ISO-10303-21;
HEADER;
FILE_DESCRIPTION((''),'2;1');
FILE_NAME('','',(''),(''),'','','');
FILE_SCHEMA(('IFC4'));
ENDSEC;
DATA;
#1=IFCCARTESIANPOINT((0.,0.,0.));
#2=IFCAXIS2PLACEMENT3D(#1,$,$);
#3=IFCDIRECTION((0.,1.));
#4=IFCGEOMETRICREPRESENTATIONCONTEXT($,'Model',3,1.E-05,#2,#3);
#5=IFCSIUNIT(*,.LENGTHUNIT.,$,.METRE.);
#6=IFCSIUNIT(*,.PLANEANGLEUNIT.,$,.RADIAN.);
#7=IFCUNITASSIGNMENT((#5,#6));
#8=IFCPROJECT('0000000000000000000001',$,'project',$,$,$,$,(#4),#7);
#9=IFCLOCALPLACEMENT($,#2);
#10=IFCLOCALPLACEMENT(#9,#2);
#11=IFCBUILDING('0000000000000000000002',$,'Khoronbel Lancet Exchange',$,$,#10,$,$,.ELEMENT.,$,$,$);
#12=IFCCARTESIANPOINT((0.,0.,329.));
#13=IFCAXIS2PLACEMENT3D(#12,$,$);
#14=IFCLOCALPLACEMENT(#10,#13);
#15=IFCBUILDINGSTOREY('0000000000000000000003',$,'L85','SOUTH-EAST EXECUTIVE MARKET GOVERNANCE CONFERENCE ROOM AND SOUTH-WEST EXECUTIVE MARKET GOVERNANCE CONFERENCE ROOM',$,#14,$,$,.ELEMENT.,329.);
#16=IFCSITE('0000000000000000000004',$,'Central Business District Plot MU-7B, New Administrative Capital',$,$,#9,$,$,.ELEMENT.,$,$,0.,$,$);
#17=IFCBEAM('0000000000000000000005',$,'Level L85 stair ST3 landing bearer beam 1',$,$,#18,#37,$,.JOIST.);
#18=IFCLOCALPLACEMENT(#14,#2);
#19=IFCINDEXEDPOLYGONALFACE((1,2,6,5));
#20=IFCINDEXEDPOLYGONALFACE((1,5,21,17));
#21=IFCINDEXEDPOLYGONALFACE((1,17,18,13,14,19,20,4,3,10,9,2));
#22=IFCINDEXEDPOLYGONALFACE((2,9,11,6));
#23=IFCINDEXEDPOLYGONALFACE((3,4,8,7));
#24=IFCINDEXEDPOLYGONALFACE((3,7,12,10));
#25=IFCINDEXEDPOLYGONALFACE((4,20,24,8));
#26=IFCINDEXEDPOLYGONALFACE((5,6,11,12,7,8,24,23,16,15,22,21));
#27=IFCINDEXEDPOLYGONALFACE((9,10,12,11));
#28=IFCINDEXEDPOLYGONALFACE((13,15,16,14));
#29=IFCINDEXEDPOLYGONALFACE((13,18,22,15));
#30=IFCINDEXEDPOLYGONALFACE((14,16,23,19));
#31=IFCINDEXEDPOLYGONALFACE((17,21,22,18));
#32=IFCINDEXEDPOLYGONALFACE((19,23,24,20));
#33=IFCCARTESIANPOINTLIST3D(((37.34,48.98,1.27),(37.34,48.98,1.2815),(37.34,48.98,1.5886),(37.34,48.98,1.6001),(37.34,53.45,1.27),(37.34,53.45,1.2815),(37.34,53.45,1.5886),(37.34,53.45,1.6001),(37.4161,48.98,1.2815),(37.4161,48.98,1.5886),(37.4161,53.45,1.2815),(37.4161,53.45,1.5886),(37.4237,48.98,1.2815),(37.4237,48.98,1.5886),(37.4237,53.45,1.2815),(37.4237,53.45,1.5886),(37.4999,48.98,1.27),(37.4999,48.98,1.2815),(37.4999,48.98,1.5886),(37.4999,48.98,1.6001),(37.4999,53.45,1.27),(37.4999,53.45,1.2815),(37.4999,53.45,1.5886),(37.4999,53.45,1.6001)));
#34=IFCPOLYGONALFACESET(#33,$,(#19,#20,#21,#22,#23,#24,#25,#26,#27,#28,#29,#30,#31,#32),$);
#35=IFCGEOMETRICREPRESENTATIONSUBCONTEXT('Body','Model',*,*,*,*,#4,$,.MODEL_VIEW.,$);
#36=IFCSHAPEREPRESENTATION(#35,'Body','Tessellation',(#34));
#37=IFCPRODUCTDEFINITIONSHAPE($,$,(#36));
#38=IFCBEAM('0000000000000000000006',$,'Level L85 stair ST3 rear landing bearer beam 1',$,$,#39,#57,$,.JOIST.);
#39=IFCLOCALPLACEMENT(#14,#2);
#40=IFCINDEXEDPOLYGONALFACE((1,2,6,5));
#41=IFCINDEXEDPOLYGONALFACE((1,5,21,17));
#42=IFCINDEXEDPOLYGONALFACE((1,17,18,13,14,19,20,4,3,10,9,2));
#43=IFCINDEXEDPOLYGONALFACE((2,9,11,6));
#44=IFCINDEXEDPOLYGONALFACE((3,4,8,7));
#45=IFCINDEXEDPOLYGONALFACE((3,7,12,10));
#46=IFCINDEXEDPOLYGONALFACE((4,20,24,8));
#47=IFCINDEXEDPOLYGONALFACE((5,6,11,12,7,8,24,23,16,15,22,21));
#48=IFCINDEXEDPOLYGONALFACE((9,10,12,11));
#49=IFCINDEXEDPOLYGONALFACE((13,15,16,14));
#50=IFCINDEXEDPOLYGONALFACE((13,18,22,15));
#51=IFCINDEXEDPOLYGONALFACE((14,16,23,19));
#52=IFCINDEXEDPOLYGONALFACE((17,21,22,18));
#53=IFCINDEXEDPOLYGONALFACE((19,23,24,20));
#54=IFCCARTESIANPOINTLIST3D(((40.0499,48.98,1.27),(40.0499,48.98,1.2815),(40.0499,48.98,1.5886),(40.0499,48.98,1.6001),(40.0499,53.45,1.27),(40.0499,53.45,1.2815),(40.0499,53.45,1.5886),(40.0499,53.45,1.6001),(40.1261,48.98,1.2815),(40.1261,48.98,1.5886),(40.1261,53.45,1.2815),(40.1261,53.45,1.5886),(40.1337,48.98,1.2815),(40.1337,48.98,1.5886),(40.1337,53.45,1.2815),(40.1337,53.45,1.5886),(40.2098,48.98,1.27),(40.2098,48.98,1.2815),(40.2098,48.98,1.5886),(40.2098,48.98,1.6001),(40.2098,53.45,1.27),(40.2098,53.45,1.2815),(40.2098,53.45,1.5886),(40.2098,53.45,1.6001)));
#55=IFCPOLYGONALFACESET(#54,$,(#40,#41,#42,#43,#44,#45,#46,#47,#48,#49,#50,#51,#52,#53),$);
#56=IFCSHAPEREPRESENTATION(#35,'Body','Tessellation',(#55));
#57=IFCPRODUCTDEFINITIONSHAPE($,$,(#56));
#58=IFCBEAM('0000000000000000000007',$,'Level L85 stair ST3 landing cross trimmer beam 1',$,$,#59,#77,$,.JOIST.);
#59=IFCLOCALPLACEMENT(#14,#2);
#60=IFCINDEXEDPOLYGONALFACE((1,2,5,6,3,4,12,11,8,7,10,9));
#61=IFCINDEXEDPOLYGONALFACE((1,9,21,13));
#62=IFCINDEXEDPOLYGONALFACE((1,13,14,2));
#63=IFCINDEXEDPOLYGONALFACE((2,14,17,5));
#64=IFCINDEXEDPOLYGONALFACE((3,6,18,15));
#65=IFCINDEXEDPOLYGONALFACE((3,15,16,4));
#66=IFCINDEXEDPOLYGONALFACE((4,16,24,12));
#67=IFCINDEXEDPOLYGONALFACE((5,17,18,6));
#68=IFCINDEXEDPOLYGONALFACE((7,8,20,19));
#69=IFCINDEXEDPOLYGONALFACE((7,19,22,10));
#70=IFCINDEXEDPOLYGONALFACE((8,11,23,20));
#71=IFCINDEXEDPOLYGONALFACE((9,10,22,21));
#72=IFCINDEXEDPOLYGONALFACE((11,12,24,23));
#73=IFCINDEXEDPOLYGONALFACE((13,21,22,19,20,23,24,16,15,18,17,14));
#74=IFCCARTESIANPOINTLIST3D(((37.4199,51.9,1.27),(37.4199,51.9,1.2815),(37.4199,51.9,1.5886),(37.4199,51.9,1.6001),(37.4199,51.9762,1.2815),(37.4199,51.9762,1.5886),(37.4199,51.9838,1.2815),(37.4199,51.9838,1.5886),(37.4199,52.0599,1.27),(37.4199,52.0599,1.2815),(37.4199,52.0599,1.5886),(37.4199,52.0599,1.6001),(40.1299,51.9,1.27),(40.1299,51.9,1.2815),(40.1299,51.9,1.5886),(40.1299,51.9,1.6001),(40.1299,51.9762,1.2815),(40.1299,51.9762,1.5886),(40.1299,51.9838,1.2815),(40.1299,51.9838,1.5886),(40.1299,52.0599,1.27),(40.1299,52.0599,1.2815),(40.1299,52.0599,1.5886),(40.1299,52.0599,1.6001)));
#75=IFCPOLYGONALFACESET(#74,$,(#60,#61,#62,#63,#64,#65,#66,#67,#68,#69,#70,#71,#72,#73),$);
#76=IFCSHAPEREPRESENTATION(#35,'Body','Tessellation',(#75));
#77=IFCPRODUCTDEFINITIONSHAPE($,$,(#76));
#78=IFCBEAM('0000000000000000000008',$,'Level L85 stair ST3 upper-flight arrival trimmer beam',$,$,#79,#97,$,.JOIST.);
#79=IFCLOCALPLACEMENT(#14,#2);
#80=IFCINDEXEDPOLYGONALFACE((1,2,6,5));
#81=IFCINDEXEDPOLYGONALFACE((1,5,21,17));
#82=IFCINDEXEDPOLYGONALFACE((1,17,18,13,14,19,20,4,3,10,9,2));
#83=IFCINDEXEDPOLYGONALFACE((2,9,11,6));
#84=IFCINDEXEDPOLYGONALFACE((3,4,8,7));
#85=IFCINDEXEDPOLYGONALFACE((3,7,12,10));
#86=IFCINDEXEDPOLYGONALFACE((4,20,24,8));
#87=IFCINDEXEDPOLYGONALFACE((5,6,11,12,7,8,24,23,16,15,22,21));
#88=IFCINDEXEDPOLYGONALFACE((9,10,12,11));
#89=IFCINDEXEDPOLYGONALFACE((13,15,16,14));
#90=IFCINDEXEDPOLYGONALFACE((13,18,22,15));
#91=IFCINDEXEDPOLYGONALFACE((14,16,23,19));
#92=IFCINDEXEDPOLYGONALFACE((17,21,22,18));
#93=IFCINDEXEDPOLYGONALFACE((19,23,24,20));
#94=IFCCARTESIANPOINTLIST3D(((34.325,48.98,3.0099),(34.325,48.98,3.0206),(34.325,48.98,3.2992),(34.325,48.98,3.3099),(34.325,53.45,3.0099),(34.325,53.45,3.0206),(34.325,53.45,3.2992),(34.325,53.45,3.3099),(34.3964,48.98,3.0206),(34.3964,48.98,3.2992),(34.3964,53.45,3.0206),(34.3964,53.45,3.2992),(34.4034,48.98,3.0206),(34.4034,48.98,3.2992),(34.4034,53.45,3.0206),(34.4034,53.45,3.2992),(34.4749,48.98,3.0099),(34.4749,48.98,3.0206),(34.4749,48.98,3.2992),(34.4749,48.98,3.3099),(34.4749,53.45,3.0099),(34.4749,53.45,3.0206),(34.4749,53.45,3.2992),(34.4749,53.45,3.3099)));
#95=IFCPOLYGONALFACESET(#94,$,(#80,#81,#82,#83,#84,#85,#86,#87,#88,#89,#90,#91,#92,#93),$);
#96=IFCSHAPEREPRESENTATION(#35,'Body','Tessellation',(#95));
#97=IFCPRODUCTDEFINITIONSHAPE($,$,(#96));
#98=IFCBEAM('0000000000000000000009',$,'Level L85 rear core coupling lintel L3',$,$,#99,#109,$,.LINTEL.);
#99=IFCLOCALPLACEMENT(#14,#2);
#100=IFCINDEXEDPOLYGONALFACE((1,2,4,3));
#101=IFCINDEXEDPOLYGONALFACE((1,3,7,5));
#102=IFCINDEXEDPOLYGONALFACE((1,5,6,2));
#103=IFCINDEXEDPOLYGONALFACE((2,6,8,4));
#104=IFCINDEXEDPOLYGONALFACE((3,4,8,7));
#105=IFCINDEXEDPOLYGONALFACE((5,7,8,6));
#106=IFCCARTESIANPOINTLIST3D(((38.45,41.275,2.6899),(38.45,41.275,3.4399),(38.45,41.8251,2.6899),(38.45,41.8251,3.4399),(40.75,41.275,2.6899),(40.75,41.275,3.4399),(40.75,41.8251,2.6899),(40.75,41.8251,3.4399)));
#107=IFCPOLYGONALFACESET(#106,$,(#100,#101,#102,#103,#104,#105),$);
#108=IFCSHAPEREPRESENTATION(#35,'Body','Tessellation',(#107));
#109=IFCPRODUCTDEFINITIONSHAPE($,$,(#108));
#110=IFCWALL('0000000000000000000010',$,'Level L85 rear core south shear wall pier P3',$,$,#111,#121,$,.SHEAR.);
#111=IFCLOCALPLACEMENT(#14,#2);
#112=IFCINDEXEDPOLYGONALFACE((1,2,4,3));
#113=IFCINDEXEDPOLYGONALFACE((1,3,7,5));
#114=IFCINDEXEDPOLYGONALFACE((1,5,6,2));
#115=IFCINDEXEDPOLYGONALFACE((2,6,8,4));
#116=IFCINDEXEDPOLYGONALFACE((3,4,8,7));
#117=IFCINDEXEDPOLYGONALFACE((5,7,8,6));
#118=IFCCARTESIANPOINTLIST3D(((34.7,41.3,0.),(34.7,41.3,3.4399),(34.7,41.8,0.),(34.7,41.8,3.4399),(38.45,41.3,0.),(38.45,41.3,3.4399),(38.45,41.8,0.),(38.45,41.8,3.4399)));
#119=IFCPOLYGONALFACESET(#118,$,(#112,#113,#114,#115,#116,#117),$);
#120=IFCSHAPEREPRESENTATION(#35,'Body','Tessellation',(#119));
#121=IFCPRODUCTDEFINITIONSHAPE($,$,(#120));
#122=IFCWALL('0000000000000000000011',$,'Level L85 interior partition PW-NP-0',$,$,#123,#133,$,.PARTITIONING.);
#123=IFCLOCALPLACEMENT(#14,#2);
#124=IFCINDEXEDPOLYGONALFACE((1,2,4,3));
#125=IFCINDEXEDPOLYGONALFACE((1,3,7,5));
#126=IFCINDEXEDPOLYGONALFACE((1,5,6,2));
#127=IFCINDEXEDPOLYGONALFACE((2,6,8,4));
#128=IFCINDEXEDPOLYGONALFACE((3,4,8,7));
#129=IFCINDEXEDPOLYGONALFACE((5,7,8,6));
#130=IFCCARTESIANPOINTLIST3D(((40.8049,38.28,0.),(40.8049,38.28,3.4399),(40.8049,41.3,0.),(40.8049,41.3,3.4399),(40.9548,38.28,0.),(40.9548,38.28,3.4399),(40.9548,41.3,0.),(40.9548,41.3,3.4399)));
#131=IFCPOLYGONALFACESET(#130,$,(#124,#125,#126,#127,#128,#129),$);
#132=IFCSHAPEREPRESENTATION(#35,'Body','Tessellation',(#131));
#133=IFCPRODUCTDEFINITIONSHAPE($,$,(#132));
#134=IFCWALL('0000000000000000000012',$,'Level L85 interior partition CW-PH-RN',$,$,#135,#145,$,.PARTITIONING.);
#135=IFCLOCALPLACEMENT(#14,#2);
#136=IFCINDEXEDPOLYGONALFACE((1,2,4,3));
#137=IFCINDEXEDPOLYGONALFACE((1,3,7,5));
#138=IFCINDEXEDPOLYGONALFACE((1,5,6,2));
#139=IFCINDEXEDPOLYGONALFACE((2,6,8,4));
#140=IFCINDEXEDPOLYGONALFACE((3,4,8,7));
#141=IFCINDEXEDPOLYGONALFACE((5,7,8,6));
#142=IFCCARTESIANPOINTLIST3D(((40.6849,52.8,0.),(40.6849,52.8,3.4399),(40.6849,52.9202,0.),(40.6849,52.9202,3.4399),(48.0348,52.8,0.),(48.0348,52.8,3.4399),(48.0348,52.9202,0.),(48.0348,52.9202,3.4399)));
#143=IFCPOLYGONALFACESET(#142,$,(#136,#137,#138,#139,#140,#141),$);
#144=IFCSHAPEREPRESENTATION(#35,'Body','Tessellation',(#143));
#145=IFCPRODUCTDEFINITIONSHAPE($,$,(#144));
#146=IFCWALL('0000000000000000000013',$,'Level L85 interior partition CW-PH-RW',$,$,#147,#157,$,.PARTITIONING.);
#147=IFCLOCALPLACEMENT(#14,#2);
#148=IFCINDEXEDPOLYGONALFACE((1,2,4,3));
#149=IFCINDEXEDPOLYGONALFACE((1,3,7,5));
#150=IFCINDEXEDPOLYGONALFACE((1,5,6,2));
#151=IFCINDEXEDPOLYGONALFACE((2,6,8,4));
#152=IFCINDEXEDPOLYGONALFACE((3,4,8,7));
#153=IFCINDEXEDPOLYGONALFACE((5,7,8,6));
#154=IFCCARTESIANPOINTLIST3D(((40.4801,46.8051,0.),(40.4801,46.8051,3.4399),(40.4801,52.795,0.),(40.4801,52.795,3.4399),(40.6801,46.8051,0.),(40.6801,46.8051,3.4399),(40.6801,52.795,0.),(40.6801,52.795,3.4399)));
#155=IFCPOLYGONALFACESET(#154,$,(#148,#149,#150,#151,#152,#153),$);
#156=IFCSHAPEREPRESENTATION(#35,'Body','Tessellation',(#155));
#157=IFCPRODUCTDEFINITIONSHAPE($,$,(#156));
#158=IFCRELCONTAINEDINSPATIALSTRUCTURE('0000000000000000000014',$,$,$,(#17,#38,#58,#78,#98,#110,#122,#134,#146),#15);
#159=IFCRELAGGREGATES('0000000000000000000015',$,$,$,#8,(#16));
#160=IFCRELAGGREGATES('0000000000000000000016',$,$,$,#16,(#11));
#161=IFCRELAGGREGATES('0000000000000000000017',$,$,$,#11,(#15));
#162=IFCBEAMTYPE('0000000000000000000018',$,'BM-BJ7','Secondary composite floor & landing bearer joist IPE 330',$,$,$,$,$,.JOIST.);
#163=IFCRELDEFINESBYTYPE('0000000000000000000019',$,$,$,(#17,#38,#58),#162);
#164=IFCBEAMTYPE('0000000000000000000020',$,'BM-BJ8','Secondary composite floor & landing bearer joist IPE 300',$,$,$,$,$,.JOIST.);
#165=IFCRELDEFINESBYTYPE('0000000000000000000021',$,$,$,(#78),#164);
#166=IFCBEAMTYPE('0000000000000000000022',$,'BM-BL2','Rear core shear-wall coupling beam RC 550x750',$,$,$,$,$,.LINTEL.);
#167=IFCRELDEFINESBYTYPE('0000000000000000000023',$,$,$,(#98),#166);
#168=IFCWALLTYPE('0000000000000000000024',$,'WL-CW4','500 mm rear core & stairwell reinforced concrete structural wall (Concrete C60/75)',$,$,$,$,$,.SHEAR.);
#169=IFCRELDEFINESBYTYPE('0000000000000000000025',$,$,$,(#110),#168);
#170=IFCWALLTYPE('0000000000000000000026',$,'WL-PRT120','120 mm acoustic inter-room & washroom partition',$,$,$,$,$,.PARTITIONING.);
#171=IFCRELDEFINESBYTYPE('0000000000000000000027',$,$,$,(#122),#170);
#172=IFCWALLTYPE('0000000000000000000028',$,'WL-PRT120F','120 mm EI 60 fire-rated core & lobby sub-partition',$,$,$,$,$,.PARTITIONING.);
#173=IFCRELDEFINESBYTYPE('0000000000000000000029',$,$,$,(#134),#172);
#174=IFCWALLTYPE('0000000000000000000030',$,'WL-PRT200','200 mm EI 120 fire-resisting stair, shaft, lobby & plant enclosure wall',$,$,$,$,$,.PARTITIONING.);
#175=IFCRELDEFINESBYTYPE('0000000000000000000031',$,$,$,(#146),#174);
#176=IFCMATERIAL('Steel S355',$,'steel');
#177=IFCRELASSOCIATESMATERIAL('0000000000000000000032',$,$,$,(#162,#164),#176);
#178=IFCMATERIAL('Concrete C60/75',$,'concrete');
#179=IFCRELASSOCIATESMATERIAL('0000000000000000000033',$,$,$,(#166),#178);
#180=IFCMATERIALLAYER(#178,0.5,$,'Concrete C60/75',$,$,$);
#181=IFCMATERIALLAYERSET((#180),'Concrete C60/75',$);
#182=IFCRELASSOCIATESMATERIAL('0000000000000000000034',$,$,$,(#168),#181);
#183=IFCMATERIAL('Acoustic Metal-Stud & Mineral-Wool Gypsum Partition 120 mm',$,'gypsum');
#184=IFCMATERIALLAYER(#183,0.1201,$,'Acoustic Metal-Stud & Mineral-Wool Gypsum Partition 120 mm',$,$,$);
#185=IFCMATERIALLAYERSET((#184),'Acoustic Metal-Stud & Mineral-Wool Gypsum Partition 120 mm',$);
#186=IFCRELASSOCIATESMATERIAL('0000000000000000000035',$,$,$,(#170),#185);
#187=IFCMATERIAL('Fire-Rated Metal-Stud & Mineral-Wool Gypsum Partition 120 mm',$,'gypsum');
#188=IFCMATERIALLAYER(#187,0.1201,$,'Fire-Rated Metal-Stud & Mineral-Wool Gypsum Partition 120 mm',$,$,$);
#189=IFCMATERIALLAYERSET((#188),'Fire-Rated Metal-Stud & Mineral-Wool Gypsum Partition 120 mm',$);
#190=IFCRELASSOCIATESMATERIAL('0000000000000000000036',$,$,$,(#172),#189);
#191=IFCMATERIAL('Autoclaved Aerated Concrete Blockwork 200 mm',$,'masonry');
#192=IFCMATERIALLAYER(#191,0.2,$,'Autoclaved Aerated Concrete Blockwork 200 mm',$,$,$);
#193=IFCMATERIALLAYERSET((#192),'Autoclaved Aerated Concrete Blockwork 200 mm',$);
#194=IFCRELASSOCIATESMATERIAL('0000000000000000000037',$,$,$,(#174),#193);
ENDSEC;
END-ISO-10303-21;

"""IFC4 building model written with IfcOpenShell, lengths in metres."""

from ifc_helpers import new_model, si_unit, direction, frame, frame_2d, origin, origin_2d, place, context, subcontext, project, spatial, rectangle, i_section, extrude, material, layer, layer_set, material_profile, profile_set, type_object, element, save


model = new_model("IFC4")

# Units and contexts
model_context = context("Model", 3, precision=1e-05, world=origin(), true_north=direction((0.0, 1.0)))
body_context = subcontext(model_context, "Body", "Model", "MODEL_VIEW")
ifc_project = project(units=[si_unit("LENGTHUNIT", "METRE"), si_unit("PLANEANGLEUNIT", "RADIAN")], contexts=[model_context])

# Site, building, storey
site_placement = place(None, origin())
site = spatial("IfcSite", under=ifc_project, at=site_placement, Name="Central Business District Plot MU-7B, New Administrative Capital", CompositionType="ELEMENT", RefElevation=0.0)
building_placement = place(site_placement, origin())
building = spatial("IfcBuilding", under=site, at=building_placement, Name="Khoronbel Lancet Exchange", CompositionType="ELEMENT")
storey_placement = place(building_placement, frame((0.0, 0.0, 329.0)))
storey = spatial("IfcBuildingStorey", under=building, at=storey_placement, Name="L85", Description="SOUTH-EAST EXECUTIVE MARKET GOVERNANCE CONFERENCE ROOM AND SOUTH-WEST EXECUTIVE MARKET GOVERNANCE CONFERENCE ROOM", CompositionType="ELEMENT", Elevation=329.0)

# Beams
ifc_material_1 = material(Name="Steel S355", Category="steel")
ifc_material_profile_1 = material_profile(ifc_material_1, i_section(OverallWidth=0.1599, OverallDepth=0.3301, WebThickness=0.0076, FlangeThickness=0.0115, at=origin_2d()), Name="IPE 330")
ifc_profile_set_1 = profile_set([ifc_material_profile_1], Name="Steel S355")
beam_type_1 = type_object("IfcBeamType", Name="BM-BJ7", Description="Secondary composite floor & landing bearer joist IPE 330", PredefinedType="JOIST", material=ifc_profile_set_1)
for number, where, z_axis, x_axis, name in (
    (1, (37.4199, 48.98, 1.4351), (0.0, 1.0, 0.0), (-1.0, 0.0, 0.0), "Level L85 stair ST3 landing bearer beam 1"),
    (2, (40.1299, 48.98, 1.4351), (0.0, 1.0, 0.0), (-1.0, 0.0, 0.0), "Level L85 stair ST3 rear landing bearer beam 1"),
):
    element("IfcBeam", number, at=place(storey_placement, frame(where, z_axis=z_axis, x_axis=x_axis)), inside=storey, type_object=beam_type_1, Name=name, PredefinedType="JOIST", context=body_context, shape_type="SweptSolid", body=[
        extrude(i_section(OverallWidth=0.1599, OverallDepth=0.3301, WebThickness=0.0076, FlangeThickness=0.0115, at=origin_2d()), origin(), (0.0, 0.0, 1.0), 4.47),
    ])
beam_1_placement = place(storey_placement, frame((37.4199, 51.98, 1.4351), z_axis=(1.0, 0.0, 0.0), x_axis=(0.0, 1.0, 0.0)))
element("IfcBeam", 3, at=beam_1_placement, inside=storey, type_object=beam_type_1, Name="Level L85 stair ST3 landing cross trimmer beam 1", PredefinedType="JOIST", context=body_context, shape_type="SweptSolid", body=[
    extrude(i_section(OverallWidth=0.1599, OverallDepth=0.3301, WebThickness=0.0076, FlangeThickness=0.0115, at=origin_2d()), origin(), (0.0, 0.0, 1.0), 2.71),
])
ifc_material_profile_2 = material_profile(ifc_material_1, i_section(OverallWidth=0.1499, OverallDepth=0.3, WebThickness=0.0071, FlangeThickness=0.0107, at=origin_2d()), Name="IPE 300")
ifc_profile_set_2 = profile_set([ifc_material_profile_2], Name="Steel S355")
beam_type_2 = type_object("IfcBeamType", Name="BM-BJ8", Description="Secondary composite floor & landing bearer joist IPE 300", PredefinedType="JOIST", material=ifc_profile_set_2)
beam_2_placement = place(storey_placement, frame((34.3999, 48.98, 3.1599), z_axis=(0.0, 1.0, 0.0), x_axis=(-1.0, 0.0, 0.0)))
element("IfcBeam", 4, at=beam_2_placement, inside=storey, type_object=beam_type_2, Name="Level L85 stair ST3 upper-flight arrival trimmer beam", PredefinedType="JOIST", context=body_context, shape_type="SweptSolid", body=[
    extrude(i_section(OverallWidth=0.1499, OverallDepth=0.3, WebThickness=0.0071, FlangeThickness=0.0107, at=origin_2d()), origin(), (0.0, 0.0, 1.0), 4.47),
])
ifc_material_2 = material(Name="Concrete C60/75", Category="concrete")
ifc_material_profile_3 = material_profile(ifc_material_2, rectangle(XDim=0.55, YDim=0.75, at=origin_2d()), Name="RC 550x750")
ifc_profile_set_3 = profile_set([ifc_material_profile_3], Name="Concrete C60/75")
beam_type_3 = type_object("IfcBeamType", Name="BM-BL2", Description="Rear core shear-wall coupling beam RC 550x750", PredefinedType="LINTEL", material=ifc_profile_set_3)
beam_3_placement = place(storey_placement, frame((38.45, 41.55, 3.0649), z_axis=(1.0, 0.0, 0.0), x_axis=(0.0, 1.0, 0.0)))
element("IfcBeam", 5, at=beam_3_placement, inside=storey, type_object=beam_type_3, Name="Level L85 rear core coupling lintel L3", PredefinedType="LINTEL", context=body_context, shape_type="SweptSolid", body=[
    extrude(rectangle(XDim=0.55, YDim=0.75, at=origin_2d()), origin(), (0.0, 0.0, 1.0), 2.3),
])

# Walls
ifc_layer_1 = layer(ifc_material_2, 0.5, Name="Concrete C60/75")
ifc_layer_set_1 = layer_set([ifc_layer_1], Name="Concrete C60/75")
wall_type_1 = type_object("IfcWallType", Name="WL-CW4", Description="500 mm rear core & stairwell reinforced concrete structural wall (Concrete C60/75)", PredefinedType="SHEAR", material=ifc_layer_set_1)
wall_1_placement = place(storey_placement, frame((38.45, 41.55, 0.0), z_axis=(0.0, 0.0, 1.0), x_axis=(-1.0, 0.0, 0.0)))
element("IfcWall", 6, at=wall_1_placement, inside=storey, type_object=wall_type_1, Name="Level L85 rear core south shear wall pier P3", PredefinedType="SHEAR", context=body_context, shape_type="SweptSolid", body=[
    extrude(rectangle(XDim=3.75, YDim=0.5, at=frame_2d((1.875, 0.0))), origin(), (0.0, 0.0, 1.0), 3.4399),
])
ifc_material_3 = material(Name="Acoustic Metal-Stud & Mineral-Wool Gypsum Partition 120 mm", Category="gypsum")
ifc_layer_2 = layer(ifc_material_3, 0.1201, Name="Acoustic Metal-Stud & Mineral-Wool Gypsum Partition 120 mm")
ifc_layer_set_2 = layer_set([ifc_layer_2], Name="Acoustic Metal-Stud & Mineral-Wool Gypsum Partition 120 mm")
wall_type_2 = type_object("IfcWallType", Name="WL-PRT120", Description="120 mm acoustic inter-room & washroom partition", PredefinedType="PARTITIONING", material=ifc_layer_set_2)
wall_2_placement = place(storey_placement, frame((40.8799, 38.28, 0.0), z_axis=(0.0, 0.0, 1.0), x_axis=(0.0, 1.0, 0.0)))
element("IfcWall", 7, at=wall_2_placement, inside=storey, type_object=wall_type_2, Name="Level L85 interior partition PW-NP-0", PredefinedType="PARTITIONING", context=body_context, shape_type="SweptSolid", body=[
    extrude(rectangle(XDim=3.02, YDim=0.1499, at=frame_2d((1.51, 0.0))), origin(), (0.0, 0.0, 1.0), 3.4399),
])
ifc_material_4 = material(Name="Fire-Rated Metal-Stud & Mineral-Wool Gypsum Partition 120 mm", Category="gypsum")
ifc_layer_3 = layer(ifc_material_4, 0.1201, Name="Fire-Rated Metal-Stud & Mineral-Wool Gypsum Partition 120 mm")
ifc_layer_set_3 = layer_set([ifc_layer_3], Name="Fire-Rated Metal-Stud & Mineral-Wool Gypsum Partition 120 mm")
wall_type_3 = type_object("IfcWallType", Name="WL-PRT120F", Description="120 mm EI 60 fire-rated core & lobby sub-partition", PredefinedType="PARTITIONING", material=ifc_layer_set_3)
wall_3_placement = place(storey_placement, frame((40.6851, 52.8601, 0.0), z_axis=(0.0, 0.0, 1.0), x_axis=(1.0, 0.0, 0.0)))
element("IfcWall", 8, at=wall_3_placement, inside=storey, type_object=wall_type_3, Name="Level L85 interior partition CW-PH-RN", PredefinedType="PARTITIONING", context=body_context, shape_type="SweptSolid", body=[
    extrude(rectangle(XDim=7.3499, YDim=0.1201, at=frame_2d((3.6748, 0.0))), origin(), (0.0, 0.0, 1.0), 3.4399),
])
ifc_material_5 = material(Name="Autoclaved Aerated Concrete Blockwork 200 mm", Category="masonry")
ifc_layer_4 = layer(ifc_material_5, 0.2, Name="Autoclaved Aerated Concrete Blockwork 200 mm")
ifc_layer_set_4 = layer_set([ifc_layer_4], Name="Autoclaved Aerated Concrete Blockwork 200 mm")
wall_type_4 = type_object("IfcWallType", Name="WL-PRT200", Description="200 mm EI 120 fire-resisting stair, shaft, lobby & plant enclosure wall", PredefinedType="PARTITIONING", material=ifc_layer_set_4)
wall_4_placement = place(storey_placement, frame((40.5801, 46.8049, 0.0), z_axis=(0.0, 0.0, 1.0), x_axis=(0.0, 1.0, 0.0)))
element("IfcWall", 9, at=wall_4_placement, inside=storey, type_object=wall_type_4, Name="Level L85 interior partition CW-PH-RW", PredefinedType="PARTITIONING", context=body_context, shape_type="SweptSolid", body=[
    extrude(rectangle(XDim=5.99, YDim=0.2, at=frame_2d((2.9951, 0.0))), origin(), (0.0, 0.0, 1.0), 3.4399),
])

save(model, "model.ifc")
